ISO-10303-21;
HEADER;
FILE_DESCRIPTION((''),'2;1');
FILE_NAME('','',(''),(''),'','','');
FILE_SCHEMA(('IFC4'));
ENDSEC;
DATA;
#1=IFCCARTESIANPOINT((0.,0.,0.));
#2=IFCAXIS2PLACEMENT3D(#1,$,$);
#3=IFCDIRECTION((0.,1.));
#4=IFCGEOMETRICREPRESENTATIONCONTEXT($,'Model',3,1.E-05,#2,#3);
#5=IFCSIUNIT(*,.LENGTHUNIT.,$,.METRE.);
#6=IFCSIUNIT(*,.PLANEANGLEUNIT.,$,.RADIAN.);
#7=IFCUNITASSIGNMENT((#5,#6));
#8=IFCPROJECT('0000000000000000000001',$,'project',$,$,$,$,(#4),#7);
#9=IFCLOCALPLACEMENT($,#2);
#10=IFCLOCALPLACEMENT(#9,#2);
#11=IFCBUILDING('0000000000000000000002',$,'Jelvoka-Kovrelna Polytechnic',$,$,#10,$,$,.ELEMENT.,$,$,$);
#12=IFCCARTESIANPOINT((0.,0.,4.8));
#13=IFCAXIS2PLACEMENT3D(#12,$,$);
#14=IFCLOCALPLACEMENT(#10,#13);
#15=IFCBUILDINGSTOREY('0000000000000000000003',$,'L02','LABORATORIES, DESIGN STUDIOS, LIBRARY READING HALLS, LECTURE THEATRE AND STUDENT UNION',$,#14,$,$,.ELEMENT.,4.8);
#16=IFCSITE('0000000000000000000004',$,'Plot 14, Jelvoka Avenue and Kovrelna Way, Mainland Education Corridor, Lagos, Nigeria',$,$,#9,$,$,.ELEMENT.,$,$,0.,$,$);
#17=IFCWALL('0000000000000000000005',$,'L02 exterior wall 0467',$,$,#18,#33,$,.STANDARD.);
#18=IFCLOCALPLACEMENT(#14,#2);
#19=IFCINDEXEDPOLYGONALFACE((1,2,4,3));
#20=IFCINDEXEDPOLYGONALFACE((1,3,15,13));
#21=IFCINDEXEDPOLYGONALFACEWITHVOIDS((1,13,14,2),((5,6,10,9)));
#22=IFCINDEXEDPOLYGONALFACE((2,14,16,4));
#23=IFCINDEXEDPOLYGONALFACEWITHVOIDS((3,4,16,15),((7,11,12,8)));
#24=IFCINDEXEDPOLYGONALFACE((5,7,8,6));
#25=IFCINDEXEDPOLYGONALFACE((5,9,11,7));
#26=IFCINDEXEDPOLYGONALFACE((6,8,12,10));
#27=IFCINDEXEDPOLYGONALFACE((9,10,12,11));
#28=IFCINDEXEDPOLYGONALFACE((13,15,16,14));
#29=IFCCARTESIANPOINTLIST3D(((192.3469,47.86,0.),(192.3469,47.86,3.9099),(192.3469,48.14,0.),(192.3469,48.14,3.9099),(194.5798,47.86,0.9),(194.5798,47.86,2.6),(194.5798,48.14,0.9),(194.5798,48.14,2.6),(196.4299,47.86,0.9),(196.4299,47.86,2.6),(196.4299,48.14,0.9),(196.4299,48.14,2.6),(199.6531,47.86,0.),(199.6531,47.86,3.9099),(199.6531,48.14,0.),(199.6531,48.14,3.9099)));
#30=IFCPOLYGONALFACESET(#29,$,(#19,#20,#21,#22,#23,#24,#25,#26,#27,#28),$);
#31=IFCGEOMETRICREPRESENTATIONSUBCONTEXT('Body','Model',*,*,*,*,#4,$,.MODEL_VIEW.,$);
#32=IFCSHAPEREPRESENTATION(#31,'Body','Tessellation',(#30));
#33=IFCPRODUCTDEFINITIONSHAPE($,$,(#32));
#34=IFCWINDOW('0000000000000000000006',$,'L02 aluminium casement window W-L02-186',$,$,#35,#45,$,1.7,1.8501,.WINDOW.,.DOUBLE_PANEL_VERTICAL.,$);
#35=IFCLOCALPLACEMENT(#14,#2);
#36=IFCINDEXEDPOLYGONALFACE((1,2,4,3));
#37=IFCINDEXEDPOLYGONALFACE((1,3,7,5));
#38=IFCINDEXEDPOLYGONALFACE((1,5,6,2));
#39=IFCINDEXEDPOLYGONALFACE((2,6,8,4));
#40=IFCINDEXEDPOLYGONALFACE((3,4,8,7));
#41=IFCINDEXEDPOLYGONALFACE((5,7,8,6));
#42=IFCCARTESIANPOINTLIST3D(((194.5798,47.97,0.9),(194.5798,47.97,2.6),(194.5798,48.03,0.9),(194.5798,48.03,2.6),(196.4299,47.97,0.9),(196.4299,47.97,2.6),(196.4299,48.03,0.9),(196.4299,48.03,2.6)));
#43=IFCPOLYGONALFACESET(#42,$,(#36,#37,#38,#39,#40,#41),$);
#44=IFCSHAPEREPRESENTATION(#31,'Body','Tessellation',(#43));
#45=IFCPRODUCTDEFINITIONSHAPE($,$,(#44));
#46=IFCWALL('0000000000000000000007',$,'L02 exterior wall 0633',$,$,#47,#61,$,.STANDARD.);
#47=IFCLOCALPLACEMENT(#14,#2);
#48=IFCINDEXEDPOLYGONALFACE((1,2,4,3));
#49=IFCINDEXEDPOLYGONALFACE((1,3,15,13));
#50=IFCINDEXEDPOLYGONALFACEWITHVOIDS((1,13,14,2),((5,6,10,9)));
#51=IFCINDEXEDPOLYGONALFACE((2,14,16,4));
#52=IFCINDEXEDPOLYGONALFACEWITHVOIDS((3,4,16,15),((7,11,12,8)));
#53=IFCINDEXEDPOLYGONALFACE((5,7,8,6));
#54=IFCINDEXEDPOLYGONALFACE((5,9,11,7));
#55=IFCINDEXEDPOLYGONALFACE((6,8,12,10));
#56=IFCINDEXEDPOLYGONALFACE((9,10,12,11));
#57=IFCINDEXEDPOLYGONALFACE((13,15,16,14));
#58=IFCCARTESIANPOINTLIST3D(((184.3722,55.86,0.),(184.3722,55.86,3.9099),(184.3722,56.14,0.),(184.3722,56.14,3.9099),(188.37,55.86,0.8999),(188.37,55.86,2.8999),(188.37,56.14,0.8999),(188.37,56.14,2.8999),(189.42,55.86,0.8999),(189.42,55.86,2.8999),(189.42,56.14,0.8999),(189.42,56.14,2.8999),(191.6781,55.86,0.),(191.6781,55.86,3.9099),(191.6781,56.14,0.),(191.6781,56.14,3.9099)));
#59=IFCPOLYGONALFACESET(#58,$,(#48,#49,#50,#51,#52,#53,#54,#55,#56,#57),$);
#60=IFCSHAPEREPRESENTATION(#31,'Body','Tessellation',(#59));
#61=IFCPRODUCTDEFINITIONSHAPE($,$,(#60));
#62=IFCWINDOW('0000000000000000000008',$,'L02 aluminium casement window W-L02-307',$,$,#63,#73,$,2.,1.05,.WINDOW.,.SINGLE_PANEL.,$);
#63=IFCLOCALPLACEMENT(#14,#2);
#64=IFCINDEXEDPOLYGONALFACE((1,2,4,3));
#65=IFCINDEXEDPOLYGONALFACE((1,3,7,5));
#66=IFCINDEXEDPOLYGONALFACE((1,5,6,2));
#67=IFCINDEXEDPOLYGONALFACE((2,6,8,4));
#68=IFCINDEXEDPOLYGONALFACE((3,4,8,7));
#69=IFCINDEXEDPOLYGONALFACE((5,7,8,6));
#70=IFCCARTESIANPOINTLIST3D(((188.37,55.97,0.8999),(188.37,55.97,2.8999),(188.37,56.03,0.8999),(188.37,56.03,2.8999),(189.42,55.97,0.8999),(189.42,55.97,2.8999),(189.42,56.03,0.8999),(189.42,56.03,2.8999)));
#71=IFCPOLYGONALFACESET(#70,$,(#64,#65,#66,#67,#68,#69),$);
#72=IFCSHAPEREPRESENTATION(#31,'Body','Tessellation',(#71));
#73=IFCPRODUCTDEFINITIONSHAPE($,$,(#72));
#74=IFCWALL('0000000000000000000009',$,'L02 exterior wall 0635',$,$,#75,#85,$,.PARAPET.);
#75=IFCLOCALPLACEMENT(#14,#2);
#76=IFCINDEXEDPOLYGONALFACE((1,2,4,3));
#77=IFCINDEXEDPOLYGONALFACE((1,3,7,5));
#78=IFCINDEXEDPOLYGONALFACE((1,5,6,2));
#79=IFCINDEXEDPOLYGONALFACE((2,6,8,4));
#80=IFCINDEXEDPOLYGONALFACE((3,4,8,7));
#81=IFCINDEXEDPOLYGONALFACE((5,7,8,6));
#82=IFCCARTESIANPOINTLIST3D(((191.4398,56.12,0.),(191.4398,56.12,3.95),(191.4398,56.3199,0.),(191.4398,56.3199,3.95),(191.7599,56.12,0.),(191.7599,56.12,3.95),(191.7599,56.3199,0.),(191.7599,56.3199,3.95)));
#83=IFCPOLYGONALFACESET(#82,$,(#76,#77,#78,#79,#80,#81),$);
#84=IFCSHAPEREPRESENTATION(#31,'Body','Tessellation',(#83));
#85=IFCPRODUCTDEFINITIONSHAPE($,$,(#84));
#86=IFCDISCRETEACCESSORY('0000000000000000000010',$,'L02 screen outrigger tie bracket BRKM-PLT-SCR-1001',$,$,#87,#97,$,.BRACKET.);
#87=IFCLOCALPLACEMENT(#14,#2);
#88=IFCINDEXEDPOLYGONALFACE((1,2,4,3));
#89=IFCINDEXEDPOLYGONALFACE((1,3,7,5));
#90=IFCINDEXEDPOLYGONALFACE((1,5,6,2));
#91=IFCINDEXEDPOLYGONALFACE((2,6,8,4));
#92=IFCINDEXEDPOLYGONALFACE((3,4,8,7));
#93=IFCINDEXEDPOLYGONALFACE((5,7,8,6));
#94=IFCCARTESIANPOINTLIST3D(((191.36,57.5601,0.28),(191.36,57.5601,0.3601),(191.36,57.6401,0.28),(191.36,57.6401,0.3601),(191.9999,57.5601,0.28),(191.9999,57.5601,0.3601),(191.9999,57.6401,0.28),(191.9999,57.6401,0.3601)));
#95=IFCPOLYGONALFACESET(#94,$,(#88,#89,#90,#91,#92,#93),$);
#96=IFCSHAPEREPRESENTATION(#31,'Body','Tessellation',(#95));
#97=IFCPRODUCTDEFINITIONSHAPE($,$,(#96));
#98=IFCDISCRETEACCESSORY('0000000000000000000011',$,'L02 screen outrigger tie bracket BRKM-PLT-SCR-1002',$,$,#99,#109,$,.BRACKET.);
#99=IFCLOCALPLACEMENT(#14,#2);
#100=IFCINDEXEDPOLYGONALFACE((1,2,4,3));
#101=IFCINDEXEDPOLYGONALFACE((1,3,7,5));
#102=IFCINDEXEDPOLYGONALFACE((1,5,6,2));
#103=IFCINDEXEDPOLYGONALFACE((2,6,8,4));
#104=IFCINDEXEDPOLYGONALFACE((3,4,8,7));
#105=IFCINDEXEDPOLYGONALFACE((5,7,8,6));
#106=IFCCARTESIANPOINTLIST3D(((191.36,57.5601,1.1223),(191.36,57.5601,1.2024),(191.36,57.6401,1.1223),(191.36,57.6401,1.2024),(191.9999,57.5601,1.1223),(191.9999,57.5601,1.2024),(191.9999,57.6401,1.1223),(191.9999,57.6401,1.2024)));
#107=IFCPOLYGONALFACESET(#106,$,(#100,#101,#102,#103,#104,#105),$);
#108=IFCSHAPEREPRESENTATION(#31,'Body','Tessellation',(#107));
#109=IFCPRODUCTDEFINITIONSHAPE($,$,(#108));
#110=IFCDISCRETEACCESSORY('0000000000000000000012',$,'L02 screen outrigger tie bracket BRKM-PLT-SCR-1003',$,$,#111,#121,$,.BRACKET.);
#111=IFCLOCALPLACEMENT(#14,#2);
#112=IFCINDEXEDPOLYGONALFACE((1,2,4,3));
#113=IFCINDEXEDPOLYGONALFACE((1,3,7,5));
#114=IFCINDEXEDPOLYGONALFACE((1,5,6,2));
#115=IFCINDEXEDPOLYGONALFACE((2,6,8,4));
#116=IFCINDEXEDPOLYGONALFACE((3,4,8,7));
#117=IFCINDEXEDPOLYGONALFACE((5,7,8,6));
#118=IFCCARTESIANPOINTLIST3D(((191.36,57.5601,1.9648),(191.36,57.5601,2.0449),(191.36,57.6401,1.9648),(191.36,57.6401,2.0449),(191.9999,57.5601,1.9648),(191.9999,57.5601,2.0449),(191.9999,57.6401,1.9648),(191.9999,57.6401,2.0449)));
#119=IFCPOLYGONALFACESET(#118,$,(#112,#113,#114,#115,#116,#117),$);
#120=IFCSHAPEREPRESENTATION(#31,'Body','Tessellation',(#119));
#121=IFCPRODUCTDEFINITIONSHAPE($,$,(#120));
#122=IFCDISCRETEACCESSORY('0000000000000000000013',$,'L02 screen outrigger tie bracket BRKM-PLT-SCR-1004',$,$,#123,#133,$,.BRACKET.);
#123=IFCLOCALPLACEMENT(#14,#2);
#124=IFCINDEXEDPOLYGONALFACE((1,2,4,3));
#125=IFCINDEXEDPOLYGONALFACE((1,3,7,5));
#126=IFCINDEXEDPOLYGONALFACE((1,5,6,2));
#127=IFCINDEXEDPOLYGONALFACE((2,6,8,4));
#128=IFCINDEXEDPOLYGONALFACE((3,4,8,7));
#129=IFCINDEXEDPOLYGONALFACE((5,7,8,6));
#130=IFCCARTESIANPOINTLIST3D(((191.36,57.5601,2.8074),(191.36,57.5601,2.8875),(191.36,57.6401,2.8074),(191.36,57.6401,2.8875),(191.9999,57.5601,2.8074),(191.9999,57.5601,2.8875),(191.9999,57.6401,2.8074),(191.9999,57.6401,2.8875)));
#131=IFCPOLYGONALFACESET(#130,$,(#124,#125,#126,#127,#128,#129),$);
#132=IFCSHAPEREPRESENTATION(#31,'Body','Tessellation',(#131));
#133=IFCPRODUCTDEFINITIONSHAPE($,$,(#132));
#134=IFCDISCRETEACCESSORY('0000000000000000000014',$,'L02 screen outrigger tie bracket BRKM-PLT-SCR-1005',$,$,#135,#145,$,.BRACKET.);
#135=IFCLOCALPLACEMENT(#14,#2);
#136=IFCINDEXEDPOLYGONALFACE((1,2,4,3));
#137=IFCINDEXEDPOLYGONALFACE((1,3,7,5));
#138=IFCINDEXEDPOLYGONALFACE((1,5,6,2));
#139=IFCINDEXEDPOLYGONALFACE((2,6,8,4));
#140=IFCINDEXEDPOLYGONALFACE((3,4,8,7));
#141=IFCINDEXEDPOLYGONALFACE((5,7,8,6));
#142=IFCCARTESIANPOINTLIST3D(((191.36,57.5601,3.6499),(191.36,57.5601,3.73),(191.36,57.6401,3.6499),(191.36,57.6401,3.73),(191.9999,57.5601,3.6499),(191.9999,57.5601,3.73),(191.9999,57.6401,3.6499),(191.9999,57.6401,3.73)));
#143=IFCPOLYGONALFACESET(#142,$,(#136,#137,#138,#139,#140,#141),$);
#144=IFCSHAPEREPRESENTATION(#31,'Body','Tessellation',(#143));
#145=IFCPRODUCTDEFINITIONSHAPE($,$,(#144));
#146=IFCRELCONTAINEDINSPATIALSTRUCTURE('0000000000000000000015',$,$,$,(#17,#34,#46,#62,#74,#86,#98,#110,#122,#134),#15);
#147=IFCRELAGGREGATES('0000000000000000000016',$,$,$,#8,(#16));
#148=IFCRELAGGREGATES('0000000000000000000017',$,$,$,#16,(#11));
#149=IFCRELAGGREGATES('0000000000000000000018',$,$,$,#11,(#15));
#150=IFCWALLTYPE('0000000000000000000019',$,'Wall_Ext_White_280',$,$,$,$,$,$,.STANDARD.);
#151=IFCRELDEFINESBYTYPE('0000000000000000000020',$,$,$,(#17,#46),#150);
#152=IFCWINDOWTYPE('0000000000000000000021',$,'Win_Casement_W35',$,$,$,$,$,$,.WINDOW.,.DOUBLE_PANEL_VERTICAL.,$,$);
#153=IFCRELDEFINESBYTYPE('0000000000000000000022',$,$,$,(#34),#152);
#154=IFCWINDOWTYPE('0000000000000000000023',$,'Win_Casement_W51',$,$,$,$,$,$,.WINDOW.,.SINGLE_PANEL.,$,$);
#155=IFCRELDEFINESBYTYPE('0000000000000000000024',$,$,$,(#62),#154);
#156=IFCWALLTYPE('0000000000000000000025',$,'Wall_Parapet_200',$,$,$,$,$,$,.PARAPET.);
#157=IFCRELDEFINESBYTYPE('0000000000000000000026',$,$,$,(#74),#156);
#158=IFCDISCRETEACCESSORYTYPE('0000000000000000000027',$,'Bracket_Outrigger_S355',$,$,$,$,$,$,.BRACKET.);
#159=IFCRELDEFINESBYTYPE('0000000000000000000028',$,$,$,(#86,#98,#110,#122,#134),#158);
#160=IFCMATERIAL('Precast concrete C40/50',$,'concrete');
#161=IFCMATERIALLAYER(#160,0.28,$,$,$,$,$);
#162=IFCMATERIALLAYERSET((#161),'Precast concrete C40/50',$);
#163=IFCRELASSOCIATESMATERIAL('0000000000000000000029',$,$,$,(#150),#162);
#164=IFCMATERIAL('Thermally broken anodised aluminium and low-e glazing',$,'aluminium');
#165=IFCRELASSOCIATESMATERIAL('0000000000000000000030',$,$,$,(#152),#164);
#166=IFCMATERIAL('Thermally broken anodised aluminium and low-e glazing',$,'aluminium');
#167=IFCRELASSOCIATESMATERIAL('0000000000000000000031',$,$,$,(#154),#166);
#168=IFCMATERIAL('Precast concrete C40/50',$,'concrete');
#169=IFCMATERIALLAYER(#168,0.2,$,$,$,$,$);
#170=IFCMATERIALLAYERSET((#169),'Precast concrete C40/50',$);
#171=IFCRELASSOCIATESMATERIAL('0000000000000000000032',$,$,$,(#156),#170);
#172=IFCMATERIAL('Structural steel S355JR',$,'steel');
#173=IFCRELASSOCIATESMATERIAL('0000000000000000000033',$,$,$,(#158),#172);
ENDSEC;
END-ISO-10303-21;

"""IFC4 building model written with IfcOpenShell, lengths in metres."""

from ifc_helpers import new_model, si_unit, direction, frame, frame_2d, origin, origin_2d, place, context, subcontext, project, spatial, rectangle, extrude, material, layer, layer_set, type_object, element, fill, save


model = new_model("IFC4")

# Units and contexts
model_context = context("Model", 3, precision=1e-05, world=origin(), true_north=direction((0.0, 1.0)))
body_context = subcontext(model_context, "Body", "Model", "MODEL_VIEW")
ifc_project = project(units=[si_unit("LENGTHUNIT", "METRE"), si_unit("PLANEANGLEUNIT", "RADIAN")], contexts=[model_context])

# Site, building, storey
site_placement = place(None, origin())
site = spatial("IfcSite", under=ifc_project, at=site_placement, Name="Plot 14, Jelvoka Avenue and Kovrelna Way, Mainland Education Corridor, Lagos, Nigeria", CompositionType="ELEMENT", RefElevation=0.0)
building_placement = place(site_placement, origin())
building = spatial("IfcBuilding", under=site, at=building_placement, Name="Jelvoka-Kovrelna Polytechnic", CompositionType="ELEMENT")
storey_placement = place(building_placement, frame((0.0, 0.0, 4.8)))
storey = spatial("IfcBuildingStorey", under=building, at=storey_placement, Name="L02", Description="LABORATORIES, DESIGN STUDIOS, LIBRARY READING HALLS, LECTURE THEATRE AND STUDENT UNION", CompositionType="ELEMENT", Elevation=4.8)

# Walls, openings, windows
ifc_material_1 = material(Name="Precast concrete C40/50", Category="concrete")
ifc_layer_1 = layer(ifc_material_1, 0.28)
ifc_layer_set_1 = layer_set([ifc_layer_1], Name="Precast concrete C40/50")
wall_type_1 = type_object("IfcWallType", Name="Wall_Ext_White_280", PredefinedType="STANDARD", material=ifc_layer_set_1)
wall_1_placement = place(storey_placement, frame((192.3469, 48.0, 0.0), z_axis=(0.0, 0.0, 1.0), x_axis=(1.0, 0.0, 0.0)))
wall_1 = element("IfcWall", 1, at=wall_1_placement, inside=storey, type_object=wall_type_1, Name="L02 exterior wall 0467", PredefinedType="STANDARD", context=body_context, shape_type="SweptSolid", body=[
    extrude(rectangle(XDim=7.3062, YDim=0.28, at=frame_2d((3.6531, 0.0))), origin(), (0.0, 0.0, 1.0), 3.9099),
])
opening_1_placement = place(wall_1_placement, frame((2.2329, 0.0, 0.8999)))
opening_1 = element("IfcOpeningElement", 2, at=opening_1_placement, cuts=wall_1, PredefinedType="OPENING", context=body_context, shape_type="SweptSolid", body=[
    extrude(rectangle(XDim=1.8501, YDim=1.7, at=frame_2d((0.925, 0.8501))), frame((0.0, 0.1501, 0.0), z_axis=(0.0, -1.0, 0.0), x_axis=(1.0, 0.0, 0.0)), (0.0, 0.0, 1.0), 0.3),
])
ifc_material_2 = material(Name="Thermally broken anodised aluminium and low-e glazing", Category="aluminium")
window_type_1 = type_object("IfcWindowType", Name="Win_Casement_W35", PartitioningType="DOUBLE_PANEL_VERTICAL", PredefinedType="WINDOW", material=ifc_material_2)
window_1_placement = place(opening_1_placement, origin())
window_1 = element("IfcWindow", 3, at=window_1_placement, inside=storey, type_object=window_type_1, Name="L02 aluminium casement window W-L02-186", OverallHeight=1.7, OverallWidth=1.8501, PartitioningType="DOUBLE_PANEL_VERTICAL", PredefinedType="WINDOW", context=body_context, shape_type="SweptSolid", body=[
    extrude(rectangle(XDim=1.8501, YDim=1.7, at=frame_2d((0.925, 0.8501))), frame((0.0, 0.03, 0.0), z_axis=(0.0, -1.0, 0.0), x_axis=(1.0, 0.0, 0.0)), (0.0, 0.0, 1.0), 0.0601),
])
fill(opening_1, window_1)
wall_2_placement = place(storey_placement, frame((191.678, 56.0, 0.0), z_axis=(0.0, 0.0, 1.0), x_axis=(-1.0, 0.0, 0.0)))
wall_2 = element("IfcWall", 4, at=wall_2_placement, inside=storey, type_object=wall_type_1, Name="L02 exterior wall 0633", PredefinedType="STANDARD", context=body_context, shape_type="SweptSolid", body=[
    extrude(rectangle(XDim=7.3059, YDim=0.28, at=frame_2d((3.6528, 0.0))), origin(), (0.0, 0.0, 1.0), 3.9099),
])
opening_2_placement = place(wall_2_placement, frame((2.2581, 0.0, 0.8999)))
opening_2 = element("IfcOpeningElement", 5, at=opening_2_placement, cuts=wall_2, PredefinedType="OPENING", context=body_context, shape_type="SweptSolid", body=[
    extrude(rectangle(XDim=1.05, YDim=2.0, at=frame_2d((0.5249, 1.0))), frame((0.0, 0.1501, 0.0), z_axis=(0.0, -1.0, 0.0), x_axis=(1.0, 0.0, 0.0)), (0.0, 0.0, 1.0), 0.3),
])
ifc_material_3 = material(Name="Thermally broken anodised aluminium and low-e glazing", Category="aluminium")
window_type_2 = type_object("IfcWindowType", Name="Win_Casement_W51", PartitioningType="SINGLE_PANEL", PredefinedType="WINDOW", material=ifc_material_3)
window_2_placement = place(opening_2_placement, origin())
window_2 = element("IfcWindow", 6, at=window_2_placement, inside=storey, type_object=window_type_2, Name="L02 aluminium casement window W-L02-307", OverallHeight=2.0, OverallWidth=1.05, PartitioningType="SINGLE_PANEL", PredefinedType="WINDOW", context=body_context, shape_type="SweptSolid", body=[
    extrude(rectangle(XDim=1.05, YDim=2.0, at=frame_2d((0.5249, 1.0))), frame((0.0, 0.03, 0.0), z_axis=(0.0, -1.0, 0.0), x_axis=(1.0, 0.0, 0.0)), (0.0, 0.0, 1.0), 0.0601),
])
fill(opening_2, window_2)

# Wall
ifc_material_4 = material(Name="Precast concrete C40/50", Category="concrete")
ifc_layer_2 = layer(ifc_material_4, 0.2)
ifc_layer_set_2 = layer_set([ifc_layer_2], Name="Precast concrete C40/50")
wall_type_2 = type_object("IfcWallType", Name="Wall_Parapet_200", PredefinedType="PARAPET", material=ifc_layer_set_2)
wall_3_placement = place(storey_placement, frame((191.76, 56.22, 0.0), z_axis=(0.0, 0.0, 1.0), x_axis=(-1.0, 0.0, 0.0)))
element("IfcWall", 7, at=wall_3_placement, inside=storey, type_object=wall_type_2, Name="L02 exterior wall 0635", PredefinedType="PARAPET", context=body_context, shape_type="SweptSolid", body=[
    extrude(rectangle(XDim=0.3201, YDim=0.2, at=frame_2d((0.1602, 0.0))), origin(), (0.0, 0.0, 1.0), 3.95),
])

# Discrete accessories
ifc_material_5 = material(Name="Structural steel S355JR", Category="steel")
discrete_accessory_type = type_object("IfcDiscreteAccessoryType", Name="Bracket_Outrigger_S355", PredefinedType="BRACKET", material=ifc_material_5)
for number, where, z_axis, x_axis, name in (
    (8, (191.6799, 57.6001, 0.28), (0.0, 0.0, 1.0), (1.0, 0.0, 0.0), "L02 screen outrigger tie bracket BRKM-PLT-SCR-1001"),
    (9, (191.6799, 57.6001, 1.1223), (0.0, 0.0, 1.0), (1.0, 0.0, 0.0), "L02 screen outrigger tie bracket BRKM-PLT-SCR-1002"),
    (10, (191.6799, 57.6001, 1.9648), (0.0, 0.0, 1.0), (1.0, 0.0, 0.0), "L02 screen outrigger tie bracket BRKM-PLT-SCR-1003"),
    (11, (191.6799, 57.6001, 2.8074), (0.0, 0.0, 1.0), (1.0, 0.0, 0.0), "L02 screen outrigger tie bracket BRKM-PLT-SCR-1004"),
    (12, (191.6799, 57.6001, 3.6499), (0.0, 0.0, 1.0), (1.0, 0.0, 0.0), "L02 screen outrigger tie bracket BRKM-PLT-SCR-1005"),
):
    element("IfcDiscreteAccessory", number, at=place(storey_placement, frame(where, z_axis=z_axis, x_axis=x_axis)), inside=storey, type_object=discrete_accessory_type, Name=name, PredefinedType="BRACKET", context=body_context, shape_type="SweptSolid", body=[
        extrude(rectangle(XDim=0.6399, YDim=0.0801, at=origin_2d()), origin(), (0.0, 0.0, 1.0), 0.0801),
    ])

save(model, "model.ifc")
